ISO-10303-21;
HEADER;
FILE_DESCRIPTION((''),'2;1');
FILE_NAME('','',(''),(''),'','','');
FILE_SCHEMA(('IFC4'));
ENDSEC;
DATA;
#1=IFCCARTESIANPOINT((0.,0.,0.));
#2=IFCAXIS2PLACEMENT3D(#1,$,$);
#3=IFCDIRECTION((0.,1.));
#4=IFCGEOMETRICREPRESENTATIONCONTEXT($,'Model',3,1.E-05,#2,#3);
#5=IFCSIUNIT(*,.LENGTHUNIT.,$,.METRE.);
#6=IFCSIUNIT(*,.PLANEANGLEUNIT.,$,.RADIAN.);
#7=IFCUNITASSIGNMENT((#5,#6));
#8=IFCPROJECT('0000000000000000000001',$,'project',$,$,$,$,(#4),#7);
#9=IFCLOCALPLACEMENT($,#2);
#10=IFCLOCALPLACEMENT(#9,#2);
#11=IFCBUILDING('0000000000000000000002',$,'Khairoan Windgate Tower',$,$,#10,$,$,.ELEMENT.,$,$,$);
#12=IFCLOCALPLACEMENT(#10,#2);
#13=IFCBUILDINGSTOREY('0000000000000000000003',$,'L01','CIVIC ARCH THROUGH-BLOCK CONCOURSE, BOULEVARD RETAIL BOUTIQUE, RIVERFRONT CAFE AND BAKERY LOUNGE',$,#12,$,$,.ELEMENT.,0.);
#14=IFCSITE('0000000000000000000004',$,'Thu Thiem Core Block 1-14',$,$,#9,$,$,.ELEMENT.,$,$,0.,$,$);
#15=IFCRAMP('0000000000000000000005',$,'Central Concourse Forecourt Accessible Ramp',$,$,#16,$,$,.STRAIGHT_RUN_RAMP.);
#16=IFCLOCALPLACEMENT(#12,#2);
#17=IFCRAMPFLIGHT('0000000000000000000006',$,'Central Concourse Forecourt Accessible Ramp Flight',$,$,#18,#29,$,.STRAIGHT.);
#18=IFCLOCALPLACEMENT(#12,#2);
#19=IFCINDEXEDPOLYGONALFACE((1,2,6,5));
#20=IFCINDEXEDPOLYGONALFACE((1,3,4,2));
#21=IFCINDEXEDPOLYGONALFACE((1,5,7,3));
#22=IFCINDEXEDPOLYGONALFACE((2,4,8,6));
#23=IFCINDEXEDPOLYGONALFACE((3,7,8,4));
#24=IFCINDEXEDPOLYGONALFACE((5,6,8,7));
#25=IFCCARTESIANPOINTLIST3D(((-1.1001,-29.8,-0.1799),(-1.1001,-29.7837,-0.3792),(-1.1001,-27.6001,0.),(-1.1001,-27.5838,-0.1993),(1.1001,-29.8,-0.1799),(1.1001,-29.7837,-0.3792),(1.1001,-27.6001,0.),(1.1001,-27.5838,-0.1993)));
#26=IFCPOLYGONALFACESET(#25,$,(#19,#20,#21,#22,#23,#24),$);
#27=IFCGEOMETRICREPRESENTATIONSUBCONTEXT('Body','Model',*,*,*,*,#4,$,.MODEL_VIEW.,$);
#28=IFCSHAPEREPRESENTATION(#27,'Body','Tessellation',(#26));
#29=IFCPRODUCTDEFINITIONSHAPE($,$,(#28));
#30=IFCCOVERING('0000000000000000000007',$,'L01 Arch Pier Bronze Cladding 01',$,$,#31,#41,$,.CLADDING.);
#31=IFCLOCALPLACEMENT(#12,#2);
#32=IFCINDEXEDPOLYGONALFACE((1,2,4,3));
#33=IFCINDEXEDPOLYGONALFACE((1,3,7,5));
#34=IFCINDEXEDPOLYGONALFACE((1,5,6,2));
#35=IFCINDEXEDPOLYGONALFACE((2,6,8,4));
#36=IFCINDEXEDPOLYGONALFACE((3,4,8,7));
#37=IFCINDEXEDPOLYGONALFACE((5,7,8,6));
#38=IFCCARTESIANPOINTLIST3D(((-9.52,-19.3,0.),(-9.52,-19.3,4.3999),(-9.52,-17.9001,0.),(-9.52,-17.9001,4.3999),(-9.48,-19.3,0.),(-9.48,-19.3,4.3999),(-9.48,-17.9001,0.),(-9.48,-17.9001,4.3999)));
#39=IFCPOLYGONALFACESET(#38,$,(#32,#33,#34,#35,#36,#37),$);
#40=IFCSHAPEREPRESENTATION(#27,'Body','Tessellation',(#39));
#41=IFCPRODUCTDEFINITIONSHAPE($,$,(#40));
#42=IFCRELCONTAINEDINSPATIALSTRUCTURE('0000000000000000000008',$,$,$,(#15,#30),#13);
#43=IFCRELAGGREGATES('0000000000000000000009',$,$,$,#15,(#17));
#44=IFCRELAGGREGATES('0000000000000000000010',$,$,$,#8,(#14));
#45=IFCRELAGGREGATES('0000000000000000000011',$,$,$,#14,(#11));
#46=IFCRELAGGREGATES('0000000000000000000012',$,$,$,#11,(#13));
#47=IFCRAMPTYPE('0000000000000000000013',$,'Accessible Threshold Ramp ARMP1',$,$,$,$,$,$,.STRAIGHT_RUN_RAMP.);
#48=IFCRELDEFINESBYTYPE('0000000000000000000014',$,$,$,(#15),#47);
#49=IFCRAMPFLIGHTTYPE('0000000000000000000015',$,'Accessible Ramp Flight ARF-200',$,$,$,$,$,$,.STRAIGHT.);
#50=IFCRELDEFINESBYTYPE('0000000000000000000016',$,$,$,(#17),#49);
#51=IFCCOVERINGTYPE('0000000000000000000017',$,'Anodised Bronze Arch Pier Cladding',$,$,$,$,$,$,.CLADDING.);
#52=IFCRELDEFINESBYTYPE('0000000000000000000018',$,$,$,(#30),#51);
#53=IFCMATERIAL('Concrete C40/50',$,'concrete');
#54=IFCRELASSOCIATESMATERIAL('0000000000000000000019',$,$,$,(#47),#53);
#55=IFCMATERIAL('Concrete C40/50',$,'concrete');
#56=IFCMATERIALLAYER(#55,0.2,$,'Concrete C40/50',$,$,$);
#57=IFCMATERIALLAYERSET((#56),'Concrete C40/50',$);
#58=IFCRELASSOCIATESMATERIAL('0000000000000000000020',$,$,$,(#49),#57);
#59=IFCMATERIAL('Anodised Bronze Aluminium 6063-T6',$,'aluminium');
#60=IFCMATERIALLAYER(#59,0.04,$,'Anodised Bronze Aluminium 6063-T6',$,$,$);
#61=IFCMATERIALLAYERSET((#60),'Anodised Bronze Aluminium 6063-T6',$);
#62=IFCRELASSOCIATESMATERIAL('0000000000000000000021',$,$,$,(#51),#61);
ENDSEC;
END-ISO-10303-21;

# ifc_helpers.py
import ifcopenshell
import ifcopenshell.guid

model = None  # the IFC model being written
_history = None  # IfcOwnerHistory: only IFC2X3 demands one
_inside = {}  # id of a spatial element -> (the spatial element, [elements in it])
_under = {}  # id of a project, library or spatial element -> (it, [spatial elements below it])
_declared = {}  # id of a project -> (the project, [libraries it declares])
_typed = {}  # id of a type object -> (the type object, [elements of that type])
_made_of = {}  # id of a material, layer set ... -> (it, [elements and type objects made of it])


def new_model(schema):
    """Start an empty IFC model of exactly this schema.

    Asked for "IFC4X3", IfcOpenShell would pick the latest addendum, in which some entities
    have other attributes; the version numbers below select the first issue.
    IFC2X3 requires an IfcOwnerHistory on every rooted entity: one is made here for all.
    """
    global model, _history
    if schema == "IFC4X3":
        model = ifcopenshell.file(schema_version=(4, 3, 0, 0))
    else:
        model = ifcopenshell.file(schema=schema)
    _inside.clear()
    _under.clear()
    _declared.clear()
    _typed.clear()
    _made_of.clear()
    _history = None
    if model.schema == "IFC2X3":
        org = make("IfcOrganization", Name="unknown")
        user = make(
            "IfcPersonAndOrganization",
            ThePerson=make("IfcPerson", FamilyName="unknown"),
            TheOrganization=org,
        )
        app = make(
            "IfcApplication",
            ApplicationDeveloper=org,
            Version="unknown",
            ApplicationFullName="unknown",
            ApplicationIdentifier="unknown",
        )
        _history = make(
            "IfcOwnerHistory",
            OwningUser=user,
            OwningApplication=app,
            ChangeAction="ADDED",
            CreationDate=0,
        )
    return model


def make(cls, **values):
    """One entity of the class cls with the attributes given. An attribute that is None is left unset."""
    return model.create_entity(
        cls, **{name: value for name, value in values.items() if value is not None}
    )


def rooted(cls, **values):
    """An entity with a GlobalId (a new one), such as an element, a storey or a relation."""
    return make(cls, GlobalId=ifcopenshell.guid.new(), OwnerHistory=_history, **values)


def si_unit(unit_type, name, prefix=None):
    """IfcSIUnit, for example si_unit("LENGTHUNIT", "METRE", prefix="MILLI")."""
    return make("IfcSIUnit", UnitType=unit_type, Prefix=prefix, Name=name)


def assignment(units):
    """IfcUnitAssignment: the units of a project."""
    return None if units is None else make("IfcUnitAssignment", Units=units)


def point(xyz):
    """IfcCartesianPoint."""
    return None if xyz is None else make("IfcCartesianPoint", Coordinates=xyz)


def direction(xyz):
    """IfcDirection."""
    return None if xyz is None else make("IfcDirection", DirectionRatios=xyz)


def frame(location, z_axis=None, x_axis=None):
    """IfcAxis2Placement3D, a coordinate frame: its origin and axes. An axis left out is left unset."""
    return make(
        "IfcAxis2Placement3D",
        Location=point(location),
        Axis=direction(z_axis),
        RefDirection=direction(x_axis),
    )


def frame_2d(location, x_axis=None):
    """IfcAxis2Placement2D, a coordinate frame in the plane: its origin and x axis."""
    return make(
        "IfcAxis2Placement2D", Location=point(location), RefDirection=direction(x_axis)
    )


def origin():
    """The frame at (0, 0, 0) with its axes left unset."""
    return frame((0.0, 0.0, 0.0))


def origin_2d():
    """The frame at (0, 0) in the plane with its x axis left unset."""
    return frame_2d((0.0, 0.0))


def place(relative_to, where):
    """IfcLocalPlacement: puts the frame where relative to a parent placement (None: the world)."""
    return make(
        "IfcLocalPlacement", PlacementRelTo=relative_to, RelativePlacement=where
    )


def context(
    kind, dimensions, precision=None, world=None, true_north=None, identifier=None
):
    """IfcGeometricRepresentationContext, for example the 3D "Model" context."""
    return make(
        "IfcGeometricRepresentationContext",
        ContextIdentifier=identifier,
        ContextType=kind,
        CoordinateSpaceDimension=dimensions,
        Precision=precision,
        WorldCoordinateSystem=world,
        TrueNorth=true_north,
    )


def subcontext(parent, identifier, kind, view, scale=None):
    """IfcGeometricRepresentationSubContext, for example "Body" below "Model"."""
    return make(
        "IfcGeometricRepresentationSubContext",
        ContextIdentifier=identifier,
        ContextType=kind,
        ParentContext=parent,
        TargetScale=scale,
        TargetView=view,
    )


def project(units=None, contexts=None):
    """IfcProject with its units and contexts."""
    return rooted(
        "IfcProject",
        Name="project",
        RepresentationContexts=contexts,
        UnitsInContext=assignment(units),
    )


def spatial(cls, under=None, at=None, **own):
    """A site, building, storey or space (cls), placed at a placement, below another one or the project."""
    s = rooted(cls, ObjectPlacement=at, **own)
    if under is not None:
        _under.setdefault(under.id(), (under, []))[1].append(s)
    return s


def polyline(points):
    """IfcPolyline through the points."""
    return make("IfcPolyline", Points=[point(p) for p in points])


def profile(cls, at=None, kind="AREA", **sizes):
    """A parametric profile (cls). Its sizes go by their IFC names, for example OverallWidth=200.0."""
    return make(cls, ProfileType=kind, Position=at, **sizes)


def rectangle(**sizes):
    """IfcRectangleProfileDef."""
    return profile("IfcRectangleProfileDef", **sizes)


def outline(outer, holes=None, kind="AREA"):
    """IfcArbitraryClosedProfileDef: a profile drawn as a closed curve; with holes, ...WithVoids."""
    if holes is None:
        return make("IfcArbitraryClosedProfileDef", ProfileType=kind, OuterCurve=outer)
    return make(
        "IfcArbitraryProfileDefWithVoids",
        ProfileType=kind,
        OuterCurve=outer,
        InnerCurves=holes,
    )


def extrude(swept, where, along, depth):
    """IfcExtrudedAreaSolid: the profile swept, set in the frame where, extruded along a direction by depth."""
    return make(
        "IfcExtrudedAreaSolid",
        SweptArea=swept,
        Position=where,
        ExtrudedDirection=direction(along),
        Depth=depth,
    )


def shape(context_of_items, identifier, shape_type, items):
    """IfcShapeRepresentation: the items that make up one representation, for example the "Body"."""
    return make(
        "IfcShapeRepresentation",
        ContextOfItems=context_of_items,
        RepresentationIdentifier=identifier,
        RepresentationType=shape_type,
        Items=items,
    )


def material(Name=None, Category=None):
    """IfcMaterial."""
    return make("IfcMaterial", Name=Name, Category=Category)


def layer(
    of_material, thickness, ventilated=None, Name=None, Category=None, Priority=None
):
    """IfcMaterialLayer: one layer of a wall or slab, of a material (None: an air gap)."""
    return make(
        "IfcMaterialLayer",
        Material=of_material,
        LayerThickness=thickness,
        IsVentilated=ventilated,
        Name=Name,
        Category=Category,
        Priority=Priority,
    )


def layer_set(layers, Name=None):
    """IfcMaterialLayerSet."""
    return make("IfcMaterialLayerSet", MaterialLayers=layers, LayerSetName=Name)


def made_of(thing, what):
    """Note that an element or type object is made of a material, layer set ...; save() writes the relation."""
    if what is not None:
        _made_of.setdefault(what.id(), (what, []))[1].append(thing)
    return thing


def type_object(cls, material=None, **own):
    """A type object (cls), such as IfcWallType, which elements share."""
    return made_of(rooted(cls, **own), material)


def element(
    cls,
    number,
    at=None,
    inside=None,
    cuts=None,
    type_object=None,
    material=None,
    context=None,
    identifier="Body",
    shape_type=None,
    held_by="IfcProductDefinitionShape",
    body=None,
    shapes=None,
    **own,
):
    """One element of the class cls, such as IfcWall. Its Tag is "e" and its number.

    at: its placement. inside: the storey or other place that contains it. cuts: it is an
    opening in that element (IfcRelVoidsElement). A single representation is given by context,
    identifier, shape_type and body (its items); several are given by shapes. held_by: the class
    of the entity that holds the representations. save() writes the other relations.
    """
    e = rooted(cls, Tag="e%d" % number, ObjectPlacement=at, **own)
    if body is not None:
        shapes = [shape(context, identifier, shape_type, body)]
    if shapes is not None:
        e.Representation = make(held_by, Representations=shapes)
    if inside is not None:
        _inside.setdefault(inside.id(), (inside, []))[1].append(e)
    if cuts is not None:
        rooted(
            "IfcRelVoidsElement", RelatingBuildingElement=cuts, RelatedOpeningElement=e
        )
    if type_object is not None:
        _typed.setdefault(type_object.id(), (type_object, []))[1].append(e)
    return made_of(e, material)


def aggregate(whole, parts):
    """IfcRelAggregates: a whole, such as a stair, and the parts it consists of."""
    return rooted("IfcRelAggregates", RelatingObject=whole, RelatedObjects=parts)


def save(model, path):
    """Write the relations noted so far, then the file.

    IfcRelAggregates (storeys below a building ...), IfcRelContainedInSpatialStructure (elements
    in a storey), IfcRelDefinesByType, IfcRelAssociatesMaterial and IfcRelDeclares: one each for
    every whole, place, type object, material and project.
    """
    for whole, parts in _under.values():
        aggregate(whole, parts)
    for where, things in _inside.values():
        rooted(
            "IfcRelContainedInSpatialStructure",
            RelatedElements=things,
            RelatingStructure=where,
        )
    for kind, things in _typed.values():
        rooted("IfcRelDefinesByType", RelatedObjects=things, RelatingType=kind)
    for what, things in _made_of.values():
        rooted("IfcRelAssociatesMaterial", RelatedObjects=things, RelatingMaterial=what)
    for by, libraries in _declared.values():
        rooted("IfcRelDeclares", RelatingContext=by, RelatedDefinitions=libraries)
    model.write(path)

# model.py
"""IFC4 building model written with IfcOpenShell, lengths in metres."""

from ifc_helpers import new_model, si_unit, direction, frame, origin, origin_2d, place, context, subcontext, project, spatial, polyline, rectangle, outline, extrude, material, layer, layer_set, type_object, element, aggregate, save


model = new_model("IFC4")

# Units and contexts
model_context = context("Model", 3, precision=1e-05, world=origin(), true_north=direction((0.0, 1.0)))
body_context = subcontext(model_context, "Body", "Model", "MODEL_VIEW")
ifc_project = project(units=[si_unit("LENGTHUNIT", "METRE"), si_unit("PLANEANGLEUNIT", "RADIAN")], contexts=[model_context])

# Site, building, storey
site_placement = place(None, origin())
site = spatial("IfcSite", under=ifc_project, at=site_placement, Name="Thu Thiem Core Block 1-14", CompositionType="ELEMENT", RefElevation=0.0)
building_placement = place(site_placement, origin())
building = spatial("IfcBuilding", under=site, at=building_placement, Name="Khairoan Windgate Tower", CompositionType="ELEMENT")
storey_placement = place(building_placement, origin())
storey = spatial("IfcBuildingStorey", under=building, at=storey_placement, Name="L01", Description="CIVIC ARCH THROUGH-BLOCK CONCOURSE, BOULEVARD RETAIL BOUTIQUE, RIVERFRONT CAFE AND BAKERY LOUNGE", CompositionType="ELEMENT", Elevation=0.0)

# Ramp, ramp flight
ifc_material_1 = material(Name="Concrete C40/50", Category="concrete")
ramp_type = type_object("IfcRampType", Name="Accessible Threshold Ramp ARMP1", PredefinedType="STRAIGHT_RUN_RAMP", material=ifc_material_1)
ramp_placement = place(storey_placement, origin())
ramp = element("IfcRamp", 1, at=ramp_placement, inside=storey, type_object=ramp_type, Name="Central Concourse Forecourt Accessible Ramp", PredefinedType="STRAIGHT_RUN_RAMP")
ifc_material_2 = material(Name="Concrete C40/50", Category="concrete")
ifc_layer_1 = layer(ifc_material_2, 0.2, Name="Concrete C40/50")
ifc_layer_set_1 = layer_set([ifc_layer_1], Name="Concrete C40/50")
ramp_flight_type = type_object("IfcRampFlightType", Name="Accessible Ramp Flight ARF-200", PredefinedType="STRAIGHT", material=ifc_layer_set_1)
ramp_flight_placement = place(storey_placement, frame((-1.1001, -29.8, -0.1799), z_axis=(0.0, -0.081517, 0.996672), x_axis=(1.0, 0.0, 0.0)))
ramp_flight = element("IfcRampFlight", 2, at=ramp_flight_placement, type_object=ramp_flight_type, Name="Central Concourse Forecourt Accessible Ramp Flight", PredefinedType="STRAIGHT", context=body_context, shape_type="SweptSolid", body=[
    extrude(outline(polyline([(0.0, 0.0), (2.2002, 0.0), (2.2002, 2.2073), (0.0, 2.2073), (0.0, 0.0)])), origin(), (0.0, 0.0, -1.0), 0.2),
])
aggregate(ramp, [ramp_flight])

# Covering
ifc_material_3 = material(Name="Anodised Bronze Aluminium 6063-T6", Category="aluminium")
ifc_layer_2 = layer(ifc_material_3, 0.04, Name="Anodised Bronze Aluminium 6063-T6")
ifc_layer_set_2 = layer_set([ifc_layer_2], Name="Anodised Bronze Aluminium 6063-T6")
covering_type = type_object("IfcCoveringType", Name="Anodised Bronze Arch Pier Cladding", PredefinedType="CLADDING", material=ifc_layer_set_2)
covering_placement = place(storey_placement, frame((-9.5, -18.6001, 0.0), z_axis=(0.0, 0.0, 1.0), x_axis=(1.0, 0.0, 0.0)))
element("IfcCovering", 3, at=covering_placement, inside=storey, type_object=covering_type, Name="L01 Arch Pier Bronze Cladding 01", PredefinedType="CLADDING", context=body_context, shape_type="SweptSolid", body=[
    extrude(rectangle(XDim=0.04, YDim=1.3999, at=origin_2d()), origin(), (0.0, 0.0, 1.0), 4.3999),
])

save(model, "model.ifc")
